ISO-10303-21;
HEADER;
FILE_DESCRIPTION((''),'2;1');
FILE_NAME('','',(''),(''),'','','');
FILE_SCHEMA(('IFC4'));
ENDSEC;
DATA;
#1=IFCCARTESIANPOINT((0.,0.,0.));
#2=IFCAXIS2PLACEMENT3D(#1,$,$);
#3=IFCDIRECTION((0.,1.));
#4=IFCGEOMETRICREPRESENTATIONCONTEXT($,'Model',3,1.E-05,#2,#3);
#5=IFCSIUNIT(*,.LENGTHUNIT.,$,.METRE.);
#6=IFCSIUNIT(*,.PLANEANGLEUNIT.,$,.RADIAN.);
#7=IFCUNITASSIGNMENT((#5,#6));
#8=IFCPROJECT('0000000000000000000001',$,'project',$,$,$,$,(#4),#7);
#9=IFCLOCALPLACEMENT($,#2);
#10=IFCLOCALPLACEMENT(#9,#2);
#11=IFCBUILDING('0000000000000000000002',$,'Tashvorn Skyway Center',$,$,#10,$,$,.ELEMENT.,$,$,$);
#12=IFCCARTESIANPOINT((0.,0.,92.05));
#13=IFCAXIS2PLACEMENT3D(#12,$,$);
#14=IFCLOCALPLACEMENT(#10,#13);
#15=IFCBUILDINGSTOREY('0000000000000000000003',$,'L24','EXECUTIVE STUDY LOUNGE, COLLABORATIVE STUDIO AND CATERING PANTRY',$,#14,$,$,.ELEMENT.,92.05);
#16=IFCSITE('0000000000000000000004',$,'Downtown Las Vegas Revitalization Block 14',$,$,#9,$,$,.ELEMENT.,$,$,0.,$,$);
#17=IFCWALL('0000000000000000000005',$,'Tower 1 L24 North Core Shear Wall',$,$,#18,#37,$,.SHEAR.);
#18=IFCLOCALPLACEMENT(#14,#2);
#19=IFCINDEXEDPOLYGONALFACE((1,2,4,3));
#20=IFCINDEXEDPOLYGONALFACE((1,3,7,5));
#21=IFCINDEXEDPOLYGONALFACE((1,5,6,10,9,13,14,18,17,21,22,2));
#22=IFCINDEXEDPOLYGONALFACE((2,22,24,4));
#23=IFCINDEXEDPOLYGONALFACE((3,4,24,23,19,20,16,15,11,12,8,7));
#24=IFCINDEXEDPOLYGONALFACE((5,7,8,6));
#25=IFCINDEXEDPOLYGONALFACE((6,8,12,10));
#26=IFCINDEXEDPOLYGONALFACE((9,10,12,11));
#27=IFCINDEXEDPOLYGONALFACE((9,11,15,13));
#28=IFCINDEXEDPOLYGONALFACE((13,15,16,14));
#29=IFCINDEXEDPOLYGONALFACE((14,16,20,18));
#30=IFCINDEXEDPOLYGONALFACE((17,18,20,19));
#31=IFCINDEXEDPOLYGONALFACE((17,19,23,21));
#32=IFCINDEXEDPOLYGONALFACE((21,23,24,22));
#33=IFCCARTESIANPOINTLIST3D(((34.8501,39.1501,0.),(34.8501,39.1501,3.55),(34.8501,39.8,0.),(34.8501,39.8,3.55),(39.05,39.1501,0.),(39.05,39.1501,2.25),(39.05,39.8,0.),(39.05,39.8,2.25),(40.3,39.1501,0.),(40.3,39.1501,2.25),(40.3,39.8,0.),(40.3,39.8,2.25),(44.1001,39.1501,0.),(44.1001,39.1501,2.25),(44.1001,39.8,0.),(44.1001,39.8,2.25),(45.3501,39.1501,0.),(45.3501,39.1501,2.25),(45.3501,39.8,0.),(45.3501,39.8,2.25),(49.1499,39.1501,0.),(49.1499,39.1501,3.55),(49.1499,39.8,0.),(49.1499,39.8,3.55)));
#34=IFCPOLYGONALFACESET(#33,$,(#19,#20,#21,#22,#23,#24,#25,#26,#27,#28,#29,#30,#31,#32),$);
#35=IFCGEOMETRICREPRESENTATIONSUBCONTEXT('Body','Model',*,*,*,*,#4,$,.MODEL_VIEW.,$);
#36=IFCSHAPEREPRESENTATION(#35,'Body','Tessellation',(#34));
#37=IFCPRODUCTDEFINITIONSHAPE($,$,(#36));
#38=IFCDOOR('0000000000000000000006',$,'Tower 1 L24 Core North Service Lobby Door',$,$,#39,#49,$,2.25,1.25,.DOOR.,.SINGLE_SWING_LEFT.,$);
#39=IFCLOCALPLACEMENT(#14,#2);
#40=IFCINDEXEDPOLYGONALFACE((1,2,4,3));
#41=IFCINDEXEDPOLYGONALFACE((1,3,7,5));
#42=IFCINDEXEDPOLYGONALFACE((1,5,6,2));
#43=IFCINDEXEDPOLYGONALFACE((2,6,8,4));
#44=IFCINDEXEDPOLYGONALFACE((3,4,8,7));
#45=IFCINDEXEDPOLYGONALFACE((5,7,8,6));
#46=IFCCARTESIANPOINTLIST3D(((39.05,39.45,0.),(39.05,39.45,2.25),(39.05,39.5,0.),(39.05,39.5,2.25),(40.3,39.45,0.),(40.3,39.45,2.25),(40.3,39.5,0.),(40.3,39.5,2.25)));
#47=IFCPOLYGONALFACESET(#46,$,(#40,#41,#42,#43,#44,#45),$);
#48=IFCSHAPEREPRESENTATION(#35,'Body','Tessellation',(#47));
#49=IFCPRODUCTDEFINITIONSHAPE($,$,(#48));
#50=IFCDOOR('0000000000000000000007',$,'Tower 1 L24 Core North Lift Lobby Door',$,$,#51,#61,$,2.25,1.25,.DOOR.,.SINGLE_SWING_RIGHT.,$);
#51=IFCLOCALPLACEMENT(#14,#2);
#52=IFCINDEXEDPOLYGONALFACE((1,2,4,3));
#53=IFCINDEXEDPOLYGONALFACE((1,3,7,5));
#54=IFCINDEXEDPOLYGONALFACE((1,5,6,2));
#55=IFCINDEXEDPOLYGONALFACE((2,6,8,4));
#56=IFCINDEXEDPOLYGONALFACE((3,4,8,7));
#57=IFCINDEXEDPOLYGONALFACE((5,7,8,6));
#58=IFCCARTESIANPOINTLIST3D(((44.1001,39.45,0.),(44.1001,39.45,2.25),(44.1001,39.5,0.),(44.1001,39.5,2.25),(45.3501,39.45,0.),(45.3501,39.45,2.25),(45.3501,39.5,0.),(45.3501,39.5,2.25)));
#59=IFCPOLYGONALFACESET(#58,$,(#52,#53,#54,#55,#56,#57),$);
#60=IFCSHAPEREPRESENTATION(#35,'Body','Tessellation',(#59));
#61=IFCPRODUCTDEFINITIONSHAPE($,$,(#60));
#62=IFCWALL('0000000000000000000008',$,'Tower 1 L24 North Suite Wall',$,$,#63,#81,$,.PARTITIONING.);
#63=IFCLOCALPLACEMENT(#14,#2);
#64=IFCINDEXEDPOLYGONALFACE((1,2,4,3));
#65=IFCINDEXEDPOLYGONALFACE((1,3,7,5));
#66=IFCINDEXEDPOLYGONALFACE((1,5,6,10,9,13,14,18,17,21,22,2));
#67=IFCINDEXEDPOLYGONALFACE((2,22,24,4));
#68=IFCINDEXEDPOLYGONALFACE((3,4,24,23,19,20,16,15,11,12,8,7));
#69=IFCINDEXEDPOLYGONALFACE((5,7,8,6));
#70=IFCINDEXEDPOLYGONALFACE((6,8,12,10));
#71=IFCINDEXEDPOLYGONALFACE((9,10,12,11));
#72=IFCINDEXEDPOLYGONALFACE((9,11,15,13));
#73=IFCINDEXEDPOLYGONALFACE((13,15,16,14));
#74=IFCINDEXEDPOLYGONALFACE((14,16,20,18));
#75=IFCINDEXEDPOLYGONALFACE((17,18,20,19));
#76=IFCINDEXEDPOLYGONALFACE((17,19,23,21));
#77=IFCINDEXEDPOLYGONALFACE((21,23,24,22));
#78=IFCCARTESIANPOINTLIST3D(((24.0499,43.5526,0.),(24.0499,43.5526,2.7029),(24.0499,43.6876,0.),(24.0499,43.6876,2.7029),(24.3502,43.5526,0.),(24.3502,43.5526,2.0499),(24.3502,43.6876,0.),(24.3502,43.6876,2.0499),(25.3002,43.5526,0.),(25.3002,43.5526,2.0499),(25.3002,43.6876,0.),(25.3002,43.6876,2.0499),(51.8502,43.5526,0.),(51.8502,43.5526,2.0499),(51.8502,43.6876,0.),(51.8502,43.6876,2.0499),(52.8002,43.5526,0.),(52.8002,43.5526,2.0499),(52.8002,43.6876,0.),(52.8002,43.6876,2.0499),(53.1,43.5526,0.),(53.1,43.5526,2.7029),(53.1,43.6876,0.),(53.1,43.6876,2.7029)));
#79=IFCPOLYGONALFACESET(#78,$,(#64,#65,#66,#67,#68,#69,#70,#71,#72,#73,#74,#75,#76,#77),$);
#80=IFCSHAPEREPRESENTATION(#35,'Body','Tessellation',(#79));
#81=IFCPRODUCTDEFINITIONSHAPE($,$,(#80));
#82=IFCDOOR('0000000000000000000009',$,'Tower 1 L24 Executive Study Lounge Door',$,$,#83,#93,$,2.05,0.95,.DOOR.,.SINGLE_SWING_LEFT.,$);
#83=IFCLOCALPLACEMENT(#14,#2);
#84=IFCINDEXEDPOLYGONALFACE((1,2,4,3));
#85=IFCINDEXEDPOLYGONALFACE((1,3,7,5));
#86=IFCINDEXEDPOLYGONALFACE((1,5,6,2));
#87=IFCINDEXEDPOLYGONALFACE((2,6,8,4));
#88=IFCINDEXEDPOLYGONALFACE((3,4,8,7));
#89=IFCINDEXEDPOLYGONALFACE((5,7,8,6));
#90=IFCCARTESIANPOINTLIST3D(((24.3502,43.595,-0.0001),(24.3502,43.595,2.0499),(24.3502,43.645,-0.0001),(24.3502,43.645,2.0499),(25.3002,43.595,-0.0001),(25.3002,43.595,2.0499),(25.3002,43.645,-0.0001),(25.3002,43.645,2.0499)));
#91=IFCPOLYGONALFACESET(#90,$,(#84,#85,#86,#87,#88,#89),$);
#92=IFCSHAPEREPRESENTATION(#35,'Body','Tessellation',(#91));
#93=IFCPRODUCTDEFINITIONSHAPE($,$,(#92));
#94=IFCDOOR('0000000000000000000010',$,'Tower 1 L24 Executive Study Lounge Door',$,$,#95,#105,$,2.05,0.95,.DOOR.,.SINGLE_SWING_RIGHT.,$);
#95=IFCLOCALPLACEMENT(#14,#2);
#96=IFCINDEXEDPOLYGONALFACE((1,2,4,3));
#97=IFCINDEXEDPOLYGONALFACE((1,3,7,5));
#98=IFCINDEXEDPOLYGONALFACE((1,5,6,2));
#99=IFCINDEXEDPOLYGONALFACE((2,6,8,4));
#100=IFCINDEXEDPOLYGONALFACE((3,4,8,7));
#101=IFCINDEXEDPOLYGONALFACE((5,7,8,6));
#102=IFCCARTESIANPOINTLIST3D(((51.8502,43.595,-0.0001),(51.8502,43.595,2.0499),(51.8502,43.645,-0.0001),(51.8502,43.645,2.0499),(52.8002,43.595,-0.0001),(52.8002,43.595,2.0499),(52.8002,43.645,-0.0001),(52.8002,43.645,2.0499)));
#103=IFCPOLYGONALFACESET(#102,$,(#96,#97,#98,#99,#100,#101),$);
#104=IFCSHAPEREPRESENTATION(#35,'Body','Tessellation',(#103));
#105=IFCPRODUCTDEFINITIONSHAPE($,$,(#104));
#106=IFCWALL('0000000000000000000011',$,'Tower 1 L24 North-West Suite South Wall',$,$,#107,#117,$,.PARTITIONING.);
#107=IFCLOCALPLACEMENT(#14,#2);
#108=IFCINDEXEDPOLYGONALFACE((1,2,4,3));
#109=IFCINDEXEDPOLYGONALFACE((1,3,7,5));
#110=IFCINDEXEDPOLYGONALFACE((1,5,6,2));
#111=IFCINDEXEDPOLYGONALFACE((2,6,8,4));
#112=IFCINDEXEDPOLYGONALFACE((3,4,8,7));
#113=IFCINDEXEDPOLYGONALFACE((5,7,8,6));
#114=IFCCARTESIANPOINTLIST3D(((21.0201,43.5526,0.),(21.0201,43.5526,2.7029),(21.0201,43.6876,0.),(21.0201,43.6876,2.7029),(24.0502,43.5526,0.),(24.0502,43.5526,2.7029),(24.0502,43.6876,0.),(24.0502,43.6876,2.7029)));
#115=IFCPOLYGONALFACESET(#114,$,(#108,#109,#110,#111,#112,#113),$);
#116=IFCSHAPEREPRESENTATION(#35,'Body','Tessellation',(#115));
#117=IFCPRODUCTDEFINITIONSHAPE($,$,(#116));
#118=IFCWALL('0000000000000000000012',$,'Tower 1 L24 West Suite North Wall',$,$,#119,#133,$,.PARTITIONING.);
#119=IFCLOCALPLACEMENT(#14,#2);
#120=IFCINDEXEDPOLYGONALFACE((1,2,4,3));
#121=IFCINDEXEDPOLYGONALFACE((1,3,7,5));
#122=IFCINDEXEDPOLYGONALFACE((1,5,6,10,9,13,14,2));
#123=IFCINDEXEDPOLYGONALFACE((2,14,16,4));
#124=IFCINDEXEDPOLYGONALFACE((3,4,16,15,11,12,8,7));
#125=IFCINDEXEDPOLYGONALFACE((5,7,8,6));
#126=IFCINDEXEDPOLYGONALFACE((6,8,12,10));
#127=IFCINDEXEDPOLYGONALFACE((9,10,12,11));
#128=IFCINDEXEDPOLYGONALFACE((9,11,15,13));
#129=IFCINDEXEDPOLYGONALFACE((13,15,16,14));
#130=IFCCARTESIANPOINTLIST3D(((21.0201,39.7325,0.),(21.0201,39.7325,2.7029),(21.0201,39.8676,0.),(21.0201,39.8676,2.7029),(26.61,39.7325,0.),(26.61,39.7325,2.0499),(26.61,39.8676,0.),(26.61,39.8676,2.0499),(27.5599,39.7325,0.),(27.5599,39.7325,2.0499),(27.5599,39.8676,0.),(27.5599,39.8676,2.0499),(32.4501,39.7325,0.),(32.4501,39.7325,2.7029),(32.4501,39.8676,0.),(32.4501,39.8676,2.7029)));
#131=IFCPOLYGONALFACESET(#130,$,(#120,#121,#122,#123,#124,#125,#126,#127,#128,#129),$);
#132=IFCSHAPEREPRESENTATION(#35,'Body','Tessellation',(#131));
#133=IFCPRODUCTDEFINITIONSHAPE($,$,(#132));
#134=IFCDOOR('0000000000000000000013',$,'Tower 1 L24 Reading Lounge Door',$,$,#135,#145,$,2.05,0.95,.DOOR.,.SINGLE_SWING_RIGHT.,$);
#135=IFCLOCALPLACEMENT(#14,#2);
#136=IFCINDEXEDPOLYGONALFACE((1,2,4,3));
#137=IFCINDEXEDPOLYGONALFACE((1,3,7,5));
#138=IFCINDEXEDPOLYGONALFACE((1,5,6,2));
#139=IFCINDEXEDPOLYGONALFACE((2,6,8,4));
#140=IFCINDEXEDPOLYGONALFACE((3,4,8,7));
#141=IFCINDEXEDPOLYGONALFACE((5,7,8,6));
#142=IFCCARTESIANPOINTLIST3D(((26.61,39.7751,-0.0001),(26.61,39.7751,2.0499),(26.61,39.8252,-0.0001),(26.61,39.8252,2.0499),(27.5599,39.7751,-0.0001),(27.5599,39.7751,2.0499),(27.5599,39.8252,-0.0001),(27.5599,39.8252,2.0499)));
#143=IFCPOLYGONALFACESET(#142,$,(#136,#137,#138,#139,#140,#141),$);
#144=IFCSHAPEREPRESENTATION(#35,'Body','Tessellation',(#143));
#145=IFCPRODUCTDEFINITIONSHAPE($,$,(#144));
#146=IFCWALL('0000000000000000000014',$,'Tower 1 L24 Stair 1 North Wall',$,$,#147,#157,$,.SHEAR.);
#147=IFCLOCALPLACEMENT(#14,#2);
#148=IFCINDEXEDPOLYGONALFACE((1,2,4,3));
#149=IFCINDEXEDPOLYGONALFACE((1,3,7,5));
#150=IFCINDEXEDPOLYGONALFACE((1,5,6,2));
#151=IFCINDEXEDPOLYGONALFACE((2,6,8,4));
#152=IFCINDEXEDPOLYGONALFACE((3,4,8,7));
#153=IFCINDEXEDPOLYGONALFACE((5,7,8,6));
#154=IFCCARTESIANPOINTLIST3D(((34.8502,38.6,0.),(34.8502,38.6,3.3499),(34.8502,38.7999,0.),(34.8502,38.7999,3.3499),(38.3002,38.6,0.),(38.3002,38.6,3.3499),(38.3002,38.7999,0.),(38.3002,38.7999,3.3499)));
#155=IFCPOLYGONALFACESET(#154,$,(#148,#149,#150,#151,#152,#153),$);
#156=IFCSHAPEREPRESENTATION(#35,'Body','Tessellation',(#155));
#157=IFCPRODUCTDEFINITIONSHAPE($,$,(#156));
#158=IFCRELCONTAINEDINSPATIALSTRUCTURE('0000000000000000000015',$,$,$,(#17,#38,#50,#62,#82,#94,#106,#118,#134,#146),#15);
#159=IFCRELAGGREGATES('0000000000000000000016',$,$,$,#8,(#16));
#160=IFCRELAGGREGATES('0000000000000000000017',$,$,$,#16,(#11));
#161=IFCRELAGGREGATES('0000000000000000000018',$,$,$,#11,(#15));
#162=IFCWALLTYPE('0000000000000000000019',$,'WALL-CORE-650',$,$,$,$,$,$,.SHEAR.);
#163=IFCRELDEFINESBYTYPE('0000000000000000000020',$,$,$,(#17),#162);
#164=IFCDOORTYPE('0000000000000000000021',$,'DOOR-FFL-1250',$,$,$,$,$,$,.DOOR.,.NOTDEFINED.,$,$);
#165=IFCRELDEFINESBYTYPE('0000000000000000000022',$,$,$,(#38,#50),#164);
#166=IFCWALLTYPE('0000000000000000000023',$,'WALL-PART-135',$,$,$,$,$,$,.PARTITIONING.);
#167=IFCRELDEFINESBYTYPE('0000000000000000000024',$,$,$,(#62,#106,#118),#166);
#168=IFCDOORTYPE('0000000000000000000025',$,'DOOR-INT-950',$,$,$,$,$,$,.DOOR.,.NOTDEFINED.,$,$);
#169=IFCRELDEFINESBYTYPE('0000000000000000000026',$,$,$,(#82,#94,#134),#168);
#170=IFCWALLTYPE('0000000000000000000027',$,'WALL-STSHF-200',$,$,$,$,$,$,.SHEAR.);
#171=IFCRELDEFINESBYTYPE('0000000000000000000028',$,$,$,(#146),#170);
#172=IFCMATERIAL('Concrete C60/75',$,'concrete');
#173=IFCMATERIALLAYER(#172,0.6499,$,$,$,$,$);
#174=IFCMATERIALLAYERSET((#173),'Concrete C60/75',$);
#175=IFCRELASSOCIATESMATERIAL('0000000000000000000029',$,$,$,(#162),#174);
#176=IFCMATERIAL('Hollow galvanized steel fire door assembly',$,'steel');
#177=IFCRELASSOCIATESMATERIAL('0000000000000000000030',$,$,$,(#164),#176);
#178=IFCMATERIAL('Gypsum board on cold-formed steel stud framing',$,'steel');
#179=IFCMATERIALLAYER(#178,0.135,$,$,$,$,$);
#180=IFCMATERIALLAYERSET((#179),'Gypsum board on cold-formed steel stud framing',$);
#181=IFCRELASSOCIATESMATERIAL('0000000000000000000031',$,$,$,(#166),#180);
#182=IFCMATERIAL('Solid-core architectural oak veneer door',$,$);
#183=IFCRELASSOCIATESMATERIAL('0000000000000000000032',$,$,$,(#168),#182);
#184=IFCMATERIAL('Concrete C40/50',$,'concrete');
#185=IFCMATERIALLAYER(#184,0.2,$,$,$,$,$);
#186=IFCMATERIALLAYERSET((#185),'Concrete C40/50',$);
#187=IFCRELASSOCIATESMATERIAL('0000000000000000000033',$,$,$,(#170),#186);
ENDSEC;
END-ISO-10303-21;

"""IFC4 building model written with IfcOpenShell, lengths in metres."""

from ifc_helpers import new_model, si_unit, direction, frame, frame_2d, origin, place, context, subcontext, project, spatial, rectangle, extrude, material, layer, layer_set, type_object, element, fill, save


model = new_model("IFC4")

# Units and contexts
model_context = context("Model", 3, precision=1e-05, world=origin(), true_north=direction((0.0, 1.0)))
body_context = subcontext(model_context, "Body", "Model", "MODEL_VIEW")
ifc_project = project(units=[si_unit("LENGTHUNIT", "METRE"), si_unit("PLANEANGLEUNIT", "RADIAN")], contexts=[model_context])

# Site, building, storey
site_placement = place(None, origin())
site = spatial("IfcSite", under=ifc_project, at=site_placement, Name="Downtown Las Vegas Revitalization Block 14", CompositionType="ELEMENT", RefElevation=0.0)
building_placement = place(site_placement, origin())
building = spatial("IfcBuilding", under=site, at=building_placement, Name="Tashvorn Skyway Center", CompositionType="ELEMENT")
storey_placement = place(building_placement, frame((0.0, 0.0, 92.05)))
storey = spatial("IfcBuildingStorey", under=building, at=storey_placement, Name="L24", Description="EXECUTIVE STUDY LOUNGE, COLLABORATIVE STUDIO AND CATERING PANTRY", CompositionType="ELEMENT", Elevation=92.05)

# Walls, openings, doors
ifc_material_1 = material(Name="Concrete C60/75", Category="concrete")
ifc_layer_1 = layer(ifc_material_1, 0.6499)
ifc_layer_set_1 = layer_set([ifc_layer_1], Name="Concrete C60/75")
wall_type_1 = type_object("IfcWallType", Name="WALL-CORE-650", PredefinedType="SHEAR", material=ifc_layer_set_1)
wall_1_placement = place(storey_placement, frame((34.8501, 39.4751, 0.0), z_axis=(0.0, 0.0, 1.0), x_axis=(1.0, 0.0, 0.0)))
wall_1 = element("IfcWall", 1, at=wall_1_placement, inside=storey, type_object=wall_type_1, Name="Tower 1 L24 North Core Shear Wall", PredefinedType="SHEAR", context=body_context, shape_type="SweptSolid", body=[
    extrude(rectangle(XDim=14.2998, YDim=0.6499, at=frame_2d((7.1499, 0.0))), origin(), (0.0, 0.0, 1.0), 3.55),
])
opening_1_placement = place(wall_1_placement, frame((4.2, 0.0, 0.0)))
opening_1 = element("IfcOpeningElement", 2, at=opening_1_placement, cuts=wall_1, PredefinedType="OPENING", context=body_context, shape_type="SweptSolid", body=[
    extrude(rectangle(XDim=1.25, YDim=2.25, at=frame_2d((0.625, 1.125))), frame((0.0, 0.335, 0.0), z_axis=(0.0, -1.0, 0.0), x_axis=(1.0, 0.0, 0.0)), (0.0, 0.0, 1.0), 0.6699),
])
opening_2_placement = place(wall_1_placement, frame((9.25, 0.0, 0.0)))
opening_2 = element("IfcOpeningElement", 3, at=opening_2_placement, cuts=wall_1, PredefinedType="OPENING", context=body_context, shape_type="SweptSolid", body=[
    extrude(rectangle(XDim=1.25, YDim=2.25, at=frame_2d((0.625, 1.125))), frame((0.0, 0.335, 0.0), z_axis=(0.0, -1.0, 0.0), x_axis=(1.0, 0.0, 0.0)), (0.0, 0.0, 1.0), 0.6699),
])
ifc_material_2 = material(Name="Hollow galvanized steel fire door assembly", Category="steel")
door_type_1 = type_object("IfcDoorType", Name="DOOR-FFL-1250", OperationType="NOTDEFINED", PredefinedType="DOOR", material=ifc_material_2)
door_1_placement = place(opening_1_placement, origin())
door_1 = element("IfcDoor", 4, at=door_1_placement, inside=storey, type_object=door_type_1, Name="Tower 1 L24 Core North Service Lobby Door", OperationType="SINGLE_SWING_LEFT", OverallHeight=2.25, OverallWidth=1.25, PredefinedType="DOOR", context=body_context, shape_type="SweptSolid", body=[
    extrude(rectangle(XDim=1.25, YDim=2.25, at=frame_2d((0.625, 1.125))), frame((0.0, 0.0249, 0.0), z_axis=(0.0, -1.0, 0.0), x_axis=(1.0, 0.0, 0.0)), (0.0, 0.0, 1.0), 0.05),
])
fill(opening_1, door_1)
door_2_placement = place(opening_2_placement, origin())
door_2 = element("IfcDoor", 5, at=door_2_placement, inside=storey, type_object=door_type_1, Name="Tower 1 L24 Core North Lift Lobby Door", OperationType="SINGLE_SWING_RIGHT", OverallHeight=2.25, OverallWidth=1.25, PredefinedType="DOOR", context=body_context, shape_type="SweptSolid", body=[
    extrude(rectangle(XDim=1.25, YDim=2.25, at=frame_2d((0.625, 1.125))), frame((0.0, 0.0249, 0.0), z_axis=(0.0, -1.0, 0.0), x_axis=(1.0, 0.0, 0.0)), (0.0, 0.0, 1.0), 0.05),
])
fill(opening_2, door_2)
ifc_material_3 = material(Name="Gypsum board on cold-formed steel stud framing", Category="steel")
ifc_layer_2 = layer(ifc_material_3, 0.135)
ifc_layer_set_2 = layer_set([ifc_layer_2], Name="Gypsum board on cold-formed steel stud framing")
wall_type_2 = type_object("IfcWallType", Name="WALL-PART-135", PredefinedType="PARTITIONING", material=ifc_layer_set_2)
wall_2_placement = place(storey_placement, frame((24.05, 43.6201, 0.0), z_axis=(0.0, 0.0, 1.0), x_axis=(1.0, 0.0, 0.0)))
wall_2 = element("IfcWall", 6, at=wall_2_placement, inside=storey, type_object=wall_type_2, Name="Tower 1 L24 North Suite Wall", PredefinedType="PARTITIONING", context=body_context, shape_type="SweptSolid", body=[
    extrude(rectangle(XDim=29.05, YDim=0.135, at=frame_2d((14.5249, 0.0))), origin(), (0.0, 0.0, 1.0), 2.7029),
])
opening_3_placement = place(wall_2_placement, frame((0.3, 0.0, 0.0)))
opening_3 = element("IfcOpeningElement", 7, at=opening_3_placement, cuts=wall_2, PredefinedType="OPENING", context=body_context, shape_type="SweptSolid", body=[
    extrude(rectangle(XDim=0.95, YDim=2.05, at=frame_2d((0.4751, 1.0249))), frame((0.0, 0.0774, 0.0), z_axis=(0.0, -1.0, 0.0), x_axis=(1.0, 0.0, 0.0)), (0.0, 0.0, 1.0), 0.155),
])
opening_4_placement = place(wall_2_placement, frame((27.8, 0.0, 0.0)))
opening_4 = element("IfcOpeningElement", 8, at=opening_4_placement, cuts=wall_2, PredefinedType="OPENING", context=body_context, shape_type="SweptSolid", body=[
    extrude(rectangle(XDim=0.95, YDim=2.05, at=frame_2d((0.4751, 1.0249))), frame((0.0, 0.0774, 0.0), z_axis=(0.0, -1.0, 0.0), x_axis=(1.0, 0.0, 0.0)), (0.0, 0.0, 1.0), 0.155),
])
ifc_material_4 = material(Name="Solid-core architectural oak veneer door")
door_type_2 = type_object("IfcDoorType", Name="DOOR-INT-950", OperationType="NOTDEFINED", PredefinedType="DOOR", material=ifc_material_4)
door_3_placement = place(opening_3_placement, origin())
door_3 = element("IfcDoor", 9, at=door_3_placement, inside=storey, type_object=door_type_2, Name="Tower 1 L24 Executive Study Lounge Door", OperationType="SINGLE_SWING_LEFT", OverallHeight=2.05, OverallWidth=0.95, PredefinedType="DOOR", context=body_context, shape_type="SweptSolid", body=[
    extrude(rectangle(XDim=0.95, YDim=2.05, at=frame_2d((0.4751, 1.0249))), frame((0.0, 0.0249, 0.0), z_axis=(0.0, -1.0, 0.0), x_axis=(1.0, 0.0, 0.0)), (0.0, 0.0, 1.0), 0.05),
])
fill(opening_3, door_3)
door_4_placement = place(opening_4_placement, origin())
door_4 = element("IfcDoor", 10, at=door_4_placement, inside=storey, type_object=door_type_2, Name="Tower 1 L24 Executive Study Lounge Door", OperationType="SINGLE_SWING_RIGHT", OverallHeight=2.05, OverallWidth=0.95, PredefinedType="DOOR", context=body_context, shape_type="SweptSolid", body=[
    extrude(rectangle(XDim=0.95, YDim=2.05, at=frame_2d((0.4751, 1.0249))), frame((0.0, 0.0249, 0.0), z_axis=(0.0, -1.0, 0.0), x_axis=(1.0, 0.0, 0.0)), (0.0, 0.0, 1.0), 0.05),
])
fill(opening_4, door_4)

# Wall
wall_3_placement = place(storey_placement, frame((21.02, 43.6201, 0.0), z_axis=(0.0, 0.0, 1.0), x_axis=(1.0, 0.0, 0.0)))
element("IfcWall", 11, at=wall_3_placement, inside=storey, type_object=wall_type_2, Name="Tower 1 L24 North-West Suite South Wall", PredefinedType="PARTITIONING", context=body_context, shape_type="SweptSolid", body=[
    extrude(rectangle(XDim=3.03, YDim=0.135, at=frame_2d((1.5151, 0.0))), origin(), (0.0, 0.0, 1.0), 2.7029),
])

# Wall, opening, door
wall_4_placement = place(storey_placement, frame((32.45, 39.8, 0.0), z_axis=(0.0, 0.0, 1.0), x_axis=(-1.0, 0.0, 0.0)))
wall_4 = element("IfcWall", 12, at=wall_4_placement, inside=storey, type_object=wall_type_2, Name="Tower 1 L24 West Suite North Wall", PredefinedType="PARTITIONING", context=body_context, shape_type="SweptSolid", body=[
    extrude(rectangle(XDim=11.4299, YDim=0.135, at=frame_2d((5.7148, 0.0))), origin(), (0.0, 0.0, 1.0), 2.7029),
])
opening_5_placement = place(wall_4_placement, frame((4.8899, 0.0, 0.0)))
opening_5 = element("IfcOpeningElement", 13, at=opening_5_placement, cuts=wall_4, PredefinedType="OPENING", context=body_context, shape_type="SweptSolid", body=[
    extrude(rectangle(XDim=0.95, YDim=2.05, at=frame_2d((0.4751, 1.0249))), frame((0.0, 0.0774, 0.0), z_axis=(0.0, -1.0, 0.0), x_axis=(1.0, 0.0, 0.0)), (0.0, 0.0, 1.0), 0.155),
])
door_5_placement = place(opening_5_placement, origin())
door_5 = element("IfcDoor", 14, at=door_5_placement, inside=storey, type_object=door_type_2, Name="Tower 1 L24 Reading Lounge Door", OperationType="SINGLE_SWING_RIGHT", OverallHeight=2.05, OverallWidth=0.95, PredefinedType="DOOR", context=body_context, shape_type="SweptSolid", body=[
    extrude(rectangle(XDim=0.95, YDim=2.05, at=frame_2d((0.4751, 1.0249))), frame((0.0, 0.0249, 0.0), z_axis=(0.0, -1.0, 0.0), x_axis=(1.0, 0.0, 0.0)), (0.0, 0.0, 1.0), 0.05),
])
fill(opening_5, door_5)

# Wall
ifc_material_5 = material(Name="Concrete C40/50", Category="concrete")
ifc_layer_3 = layer(ifc_material_5, 0.2)
ifc_layer_set_3 = layer_set([ifc_layer_3], Name="Concrete C40/50")
wall_type_3 = type_object("IfcWallType", Name="WALL-STSHF-200", PredefinedType="SHEAR", material=ifc_layer_set_3)
wall_5_placement = place(storey_placement, frame((34.8501, 38.7, 0.0), z_axis=(0.0, 0.0, 1.0), x_axis=(1.0, 0.0, 0.0)))
element("IfcWall", 15, at=wall_5_placement, inside=storey, type_object=wall_type_3, Name="Tower 1 L24 Stair 1 North Wall", PredefinedType="SHEAR", context=body_context, shape_type="SweptSolid", body=[
    extrude(rectangle(XDim=3.45, YDim=0.2, at=frame_2d((1.7251, 0.0))), origin(), (0.0, 0.0, 1.0), 3.3499),
])

save(model, "model.ifc")
